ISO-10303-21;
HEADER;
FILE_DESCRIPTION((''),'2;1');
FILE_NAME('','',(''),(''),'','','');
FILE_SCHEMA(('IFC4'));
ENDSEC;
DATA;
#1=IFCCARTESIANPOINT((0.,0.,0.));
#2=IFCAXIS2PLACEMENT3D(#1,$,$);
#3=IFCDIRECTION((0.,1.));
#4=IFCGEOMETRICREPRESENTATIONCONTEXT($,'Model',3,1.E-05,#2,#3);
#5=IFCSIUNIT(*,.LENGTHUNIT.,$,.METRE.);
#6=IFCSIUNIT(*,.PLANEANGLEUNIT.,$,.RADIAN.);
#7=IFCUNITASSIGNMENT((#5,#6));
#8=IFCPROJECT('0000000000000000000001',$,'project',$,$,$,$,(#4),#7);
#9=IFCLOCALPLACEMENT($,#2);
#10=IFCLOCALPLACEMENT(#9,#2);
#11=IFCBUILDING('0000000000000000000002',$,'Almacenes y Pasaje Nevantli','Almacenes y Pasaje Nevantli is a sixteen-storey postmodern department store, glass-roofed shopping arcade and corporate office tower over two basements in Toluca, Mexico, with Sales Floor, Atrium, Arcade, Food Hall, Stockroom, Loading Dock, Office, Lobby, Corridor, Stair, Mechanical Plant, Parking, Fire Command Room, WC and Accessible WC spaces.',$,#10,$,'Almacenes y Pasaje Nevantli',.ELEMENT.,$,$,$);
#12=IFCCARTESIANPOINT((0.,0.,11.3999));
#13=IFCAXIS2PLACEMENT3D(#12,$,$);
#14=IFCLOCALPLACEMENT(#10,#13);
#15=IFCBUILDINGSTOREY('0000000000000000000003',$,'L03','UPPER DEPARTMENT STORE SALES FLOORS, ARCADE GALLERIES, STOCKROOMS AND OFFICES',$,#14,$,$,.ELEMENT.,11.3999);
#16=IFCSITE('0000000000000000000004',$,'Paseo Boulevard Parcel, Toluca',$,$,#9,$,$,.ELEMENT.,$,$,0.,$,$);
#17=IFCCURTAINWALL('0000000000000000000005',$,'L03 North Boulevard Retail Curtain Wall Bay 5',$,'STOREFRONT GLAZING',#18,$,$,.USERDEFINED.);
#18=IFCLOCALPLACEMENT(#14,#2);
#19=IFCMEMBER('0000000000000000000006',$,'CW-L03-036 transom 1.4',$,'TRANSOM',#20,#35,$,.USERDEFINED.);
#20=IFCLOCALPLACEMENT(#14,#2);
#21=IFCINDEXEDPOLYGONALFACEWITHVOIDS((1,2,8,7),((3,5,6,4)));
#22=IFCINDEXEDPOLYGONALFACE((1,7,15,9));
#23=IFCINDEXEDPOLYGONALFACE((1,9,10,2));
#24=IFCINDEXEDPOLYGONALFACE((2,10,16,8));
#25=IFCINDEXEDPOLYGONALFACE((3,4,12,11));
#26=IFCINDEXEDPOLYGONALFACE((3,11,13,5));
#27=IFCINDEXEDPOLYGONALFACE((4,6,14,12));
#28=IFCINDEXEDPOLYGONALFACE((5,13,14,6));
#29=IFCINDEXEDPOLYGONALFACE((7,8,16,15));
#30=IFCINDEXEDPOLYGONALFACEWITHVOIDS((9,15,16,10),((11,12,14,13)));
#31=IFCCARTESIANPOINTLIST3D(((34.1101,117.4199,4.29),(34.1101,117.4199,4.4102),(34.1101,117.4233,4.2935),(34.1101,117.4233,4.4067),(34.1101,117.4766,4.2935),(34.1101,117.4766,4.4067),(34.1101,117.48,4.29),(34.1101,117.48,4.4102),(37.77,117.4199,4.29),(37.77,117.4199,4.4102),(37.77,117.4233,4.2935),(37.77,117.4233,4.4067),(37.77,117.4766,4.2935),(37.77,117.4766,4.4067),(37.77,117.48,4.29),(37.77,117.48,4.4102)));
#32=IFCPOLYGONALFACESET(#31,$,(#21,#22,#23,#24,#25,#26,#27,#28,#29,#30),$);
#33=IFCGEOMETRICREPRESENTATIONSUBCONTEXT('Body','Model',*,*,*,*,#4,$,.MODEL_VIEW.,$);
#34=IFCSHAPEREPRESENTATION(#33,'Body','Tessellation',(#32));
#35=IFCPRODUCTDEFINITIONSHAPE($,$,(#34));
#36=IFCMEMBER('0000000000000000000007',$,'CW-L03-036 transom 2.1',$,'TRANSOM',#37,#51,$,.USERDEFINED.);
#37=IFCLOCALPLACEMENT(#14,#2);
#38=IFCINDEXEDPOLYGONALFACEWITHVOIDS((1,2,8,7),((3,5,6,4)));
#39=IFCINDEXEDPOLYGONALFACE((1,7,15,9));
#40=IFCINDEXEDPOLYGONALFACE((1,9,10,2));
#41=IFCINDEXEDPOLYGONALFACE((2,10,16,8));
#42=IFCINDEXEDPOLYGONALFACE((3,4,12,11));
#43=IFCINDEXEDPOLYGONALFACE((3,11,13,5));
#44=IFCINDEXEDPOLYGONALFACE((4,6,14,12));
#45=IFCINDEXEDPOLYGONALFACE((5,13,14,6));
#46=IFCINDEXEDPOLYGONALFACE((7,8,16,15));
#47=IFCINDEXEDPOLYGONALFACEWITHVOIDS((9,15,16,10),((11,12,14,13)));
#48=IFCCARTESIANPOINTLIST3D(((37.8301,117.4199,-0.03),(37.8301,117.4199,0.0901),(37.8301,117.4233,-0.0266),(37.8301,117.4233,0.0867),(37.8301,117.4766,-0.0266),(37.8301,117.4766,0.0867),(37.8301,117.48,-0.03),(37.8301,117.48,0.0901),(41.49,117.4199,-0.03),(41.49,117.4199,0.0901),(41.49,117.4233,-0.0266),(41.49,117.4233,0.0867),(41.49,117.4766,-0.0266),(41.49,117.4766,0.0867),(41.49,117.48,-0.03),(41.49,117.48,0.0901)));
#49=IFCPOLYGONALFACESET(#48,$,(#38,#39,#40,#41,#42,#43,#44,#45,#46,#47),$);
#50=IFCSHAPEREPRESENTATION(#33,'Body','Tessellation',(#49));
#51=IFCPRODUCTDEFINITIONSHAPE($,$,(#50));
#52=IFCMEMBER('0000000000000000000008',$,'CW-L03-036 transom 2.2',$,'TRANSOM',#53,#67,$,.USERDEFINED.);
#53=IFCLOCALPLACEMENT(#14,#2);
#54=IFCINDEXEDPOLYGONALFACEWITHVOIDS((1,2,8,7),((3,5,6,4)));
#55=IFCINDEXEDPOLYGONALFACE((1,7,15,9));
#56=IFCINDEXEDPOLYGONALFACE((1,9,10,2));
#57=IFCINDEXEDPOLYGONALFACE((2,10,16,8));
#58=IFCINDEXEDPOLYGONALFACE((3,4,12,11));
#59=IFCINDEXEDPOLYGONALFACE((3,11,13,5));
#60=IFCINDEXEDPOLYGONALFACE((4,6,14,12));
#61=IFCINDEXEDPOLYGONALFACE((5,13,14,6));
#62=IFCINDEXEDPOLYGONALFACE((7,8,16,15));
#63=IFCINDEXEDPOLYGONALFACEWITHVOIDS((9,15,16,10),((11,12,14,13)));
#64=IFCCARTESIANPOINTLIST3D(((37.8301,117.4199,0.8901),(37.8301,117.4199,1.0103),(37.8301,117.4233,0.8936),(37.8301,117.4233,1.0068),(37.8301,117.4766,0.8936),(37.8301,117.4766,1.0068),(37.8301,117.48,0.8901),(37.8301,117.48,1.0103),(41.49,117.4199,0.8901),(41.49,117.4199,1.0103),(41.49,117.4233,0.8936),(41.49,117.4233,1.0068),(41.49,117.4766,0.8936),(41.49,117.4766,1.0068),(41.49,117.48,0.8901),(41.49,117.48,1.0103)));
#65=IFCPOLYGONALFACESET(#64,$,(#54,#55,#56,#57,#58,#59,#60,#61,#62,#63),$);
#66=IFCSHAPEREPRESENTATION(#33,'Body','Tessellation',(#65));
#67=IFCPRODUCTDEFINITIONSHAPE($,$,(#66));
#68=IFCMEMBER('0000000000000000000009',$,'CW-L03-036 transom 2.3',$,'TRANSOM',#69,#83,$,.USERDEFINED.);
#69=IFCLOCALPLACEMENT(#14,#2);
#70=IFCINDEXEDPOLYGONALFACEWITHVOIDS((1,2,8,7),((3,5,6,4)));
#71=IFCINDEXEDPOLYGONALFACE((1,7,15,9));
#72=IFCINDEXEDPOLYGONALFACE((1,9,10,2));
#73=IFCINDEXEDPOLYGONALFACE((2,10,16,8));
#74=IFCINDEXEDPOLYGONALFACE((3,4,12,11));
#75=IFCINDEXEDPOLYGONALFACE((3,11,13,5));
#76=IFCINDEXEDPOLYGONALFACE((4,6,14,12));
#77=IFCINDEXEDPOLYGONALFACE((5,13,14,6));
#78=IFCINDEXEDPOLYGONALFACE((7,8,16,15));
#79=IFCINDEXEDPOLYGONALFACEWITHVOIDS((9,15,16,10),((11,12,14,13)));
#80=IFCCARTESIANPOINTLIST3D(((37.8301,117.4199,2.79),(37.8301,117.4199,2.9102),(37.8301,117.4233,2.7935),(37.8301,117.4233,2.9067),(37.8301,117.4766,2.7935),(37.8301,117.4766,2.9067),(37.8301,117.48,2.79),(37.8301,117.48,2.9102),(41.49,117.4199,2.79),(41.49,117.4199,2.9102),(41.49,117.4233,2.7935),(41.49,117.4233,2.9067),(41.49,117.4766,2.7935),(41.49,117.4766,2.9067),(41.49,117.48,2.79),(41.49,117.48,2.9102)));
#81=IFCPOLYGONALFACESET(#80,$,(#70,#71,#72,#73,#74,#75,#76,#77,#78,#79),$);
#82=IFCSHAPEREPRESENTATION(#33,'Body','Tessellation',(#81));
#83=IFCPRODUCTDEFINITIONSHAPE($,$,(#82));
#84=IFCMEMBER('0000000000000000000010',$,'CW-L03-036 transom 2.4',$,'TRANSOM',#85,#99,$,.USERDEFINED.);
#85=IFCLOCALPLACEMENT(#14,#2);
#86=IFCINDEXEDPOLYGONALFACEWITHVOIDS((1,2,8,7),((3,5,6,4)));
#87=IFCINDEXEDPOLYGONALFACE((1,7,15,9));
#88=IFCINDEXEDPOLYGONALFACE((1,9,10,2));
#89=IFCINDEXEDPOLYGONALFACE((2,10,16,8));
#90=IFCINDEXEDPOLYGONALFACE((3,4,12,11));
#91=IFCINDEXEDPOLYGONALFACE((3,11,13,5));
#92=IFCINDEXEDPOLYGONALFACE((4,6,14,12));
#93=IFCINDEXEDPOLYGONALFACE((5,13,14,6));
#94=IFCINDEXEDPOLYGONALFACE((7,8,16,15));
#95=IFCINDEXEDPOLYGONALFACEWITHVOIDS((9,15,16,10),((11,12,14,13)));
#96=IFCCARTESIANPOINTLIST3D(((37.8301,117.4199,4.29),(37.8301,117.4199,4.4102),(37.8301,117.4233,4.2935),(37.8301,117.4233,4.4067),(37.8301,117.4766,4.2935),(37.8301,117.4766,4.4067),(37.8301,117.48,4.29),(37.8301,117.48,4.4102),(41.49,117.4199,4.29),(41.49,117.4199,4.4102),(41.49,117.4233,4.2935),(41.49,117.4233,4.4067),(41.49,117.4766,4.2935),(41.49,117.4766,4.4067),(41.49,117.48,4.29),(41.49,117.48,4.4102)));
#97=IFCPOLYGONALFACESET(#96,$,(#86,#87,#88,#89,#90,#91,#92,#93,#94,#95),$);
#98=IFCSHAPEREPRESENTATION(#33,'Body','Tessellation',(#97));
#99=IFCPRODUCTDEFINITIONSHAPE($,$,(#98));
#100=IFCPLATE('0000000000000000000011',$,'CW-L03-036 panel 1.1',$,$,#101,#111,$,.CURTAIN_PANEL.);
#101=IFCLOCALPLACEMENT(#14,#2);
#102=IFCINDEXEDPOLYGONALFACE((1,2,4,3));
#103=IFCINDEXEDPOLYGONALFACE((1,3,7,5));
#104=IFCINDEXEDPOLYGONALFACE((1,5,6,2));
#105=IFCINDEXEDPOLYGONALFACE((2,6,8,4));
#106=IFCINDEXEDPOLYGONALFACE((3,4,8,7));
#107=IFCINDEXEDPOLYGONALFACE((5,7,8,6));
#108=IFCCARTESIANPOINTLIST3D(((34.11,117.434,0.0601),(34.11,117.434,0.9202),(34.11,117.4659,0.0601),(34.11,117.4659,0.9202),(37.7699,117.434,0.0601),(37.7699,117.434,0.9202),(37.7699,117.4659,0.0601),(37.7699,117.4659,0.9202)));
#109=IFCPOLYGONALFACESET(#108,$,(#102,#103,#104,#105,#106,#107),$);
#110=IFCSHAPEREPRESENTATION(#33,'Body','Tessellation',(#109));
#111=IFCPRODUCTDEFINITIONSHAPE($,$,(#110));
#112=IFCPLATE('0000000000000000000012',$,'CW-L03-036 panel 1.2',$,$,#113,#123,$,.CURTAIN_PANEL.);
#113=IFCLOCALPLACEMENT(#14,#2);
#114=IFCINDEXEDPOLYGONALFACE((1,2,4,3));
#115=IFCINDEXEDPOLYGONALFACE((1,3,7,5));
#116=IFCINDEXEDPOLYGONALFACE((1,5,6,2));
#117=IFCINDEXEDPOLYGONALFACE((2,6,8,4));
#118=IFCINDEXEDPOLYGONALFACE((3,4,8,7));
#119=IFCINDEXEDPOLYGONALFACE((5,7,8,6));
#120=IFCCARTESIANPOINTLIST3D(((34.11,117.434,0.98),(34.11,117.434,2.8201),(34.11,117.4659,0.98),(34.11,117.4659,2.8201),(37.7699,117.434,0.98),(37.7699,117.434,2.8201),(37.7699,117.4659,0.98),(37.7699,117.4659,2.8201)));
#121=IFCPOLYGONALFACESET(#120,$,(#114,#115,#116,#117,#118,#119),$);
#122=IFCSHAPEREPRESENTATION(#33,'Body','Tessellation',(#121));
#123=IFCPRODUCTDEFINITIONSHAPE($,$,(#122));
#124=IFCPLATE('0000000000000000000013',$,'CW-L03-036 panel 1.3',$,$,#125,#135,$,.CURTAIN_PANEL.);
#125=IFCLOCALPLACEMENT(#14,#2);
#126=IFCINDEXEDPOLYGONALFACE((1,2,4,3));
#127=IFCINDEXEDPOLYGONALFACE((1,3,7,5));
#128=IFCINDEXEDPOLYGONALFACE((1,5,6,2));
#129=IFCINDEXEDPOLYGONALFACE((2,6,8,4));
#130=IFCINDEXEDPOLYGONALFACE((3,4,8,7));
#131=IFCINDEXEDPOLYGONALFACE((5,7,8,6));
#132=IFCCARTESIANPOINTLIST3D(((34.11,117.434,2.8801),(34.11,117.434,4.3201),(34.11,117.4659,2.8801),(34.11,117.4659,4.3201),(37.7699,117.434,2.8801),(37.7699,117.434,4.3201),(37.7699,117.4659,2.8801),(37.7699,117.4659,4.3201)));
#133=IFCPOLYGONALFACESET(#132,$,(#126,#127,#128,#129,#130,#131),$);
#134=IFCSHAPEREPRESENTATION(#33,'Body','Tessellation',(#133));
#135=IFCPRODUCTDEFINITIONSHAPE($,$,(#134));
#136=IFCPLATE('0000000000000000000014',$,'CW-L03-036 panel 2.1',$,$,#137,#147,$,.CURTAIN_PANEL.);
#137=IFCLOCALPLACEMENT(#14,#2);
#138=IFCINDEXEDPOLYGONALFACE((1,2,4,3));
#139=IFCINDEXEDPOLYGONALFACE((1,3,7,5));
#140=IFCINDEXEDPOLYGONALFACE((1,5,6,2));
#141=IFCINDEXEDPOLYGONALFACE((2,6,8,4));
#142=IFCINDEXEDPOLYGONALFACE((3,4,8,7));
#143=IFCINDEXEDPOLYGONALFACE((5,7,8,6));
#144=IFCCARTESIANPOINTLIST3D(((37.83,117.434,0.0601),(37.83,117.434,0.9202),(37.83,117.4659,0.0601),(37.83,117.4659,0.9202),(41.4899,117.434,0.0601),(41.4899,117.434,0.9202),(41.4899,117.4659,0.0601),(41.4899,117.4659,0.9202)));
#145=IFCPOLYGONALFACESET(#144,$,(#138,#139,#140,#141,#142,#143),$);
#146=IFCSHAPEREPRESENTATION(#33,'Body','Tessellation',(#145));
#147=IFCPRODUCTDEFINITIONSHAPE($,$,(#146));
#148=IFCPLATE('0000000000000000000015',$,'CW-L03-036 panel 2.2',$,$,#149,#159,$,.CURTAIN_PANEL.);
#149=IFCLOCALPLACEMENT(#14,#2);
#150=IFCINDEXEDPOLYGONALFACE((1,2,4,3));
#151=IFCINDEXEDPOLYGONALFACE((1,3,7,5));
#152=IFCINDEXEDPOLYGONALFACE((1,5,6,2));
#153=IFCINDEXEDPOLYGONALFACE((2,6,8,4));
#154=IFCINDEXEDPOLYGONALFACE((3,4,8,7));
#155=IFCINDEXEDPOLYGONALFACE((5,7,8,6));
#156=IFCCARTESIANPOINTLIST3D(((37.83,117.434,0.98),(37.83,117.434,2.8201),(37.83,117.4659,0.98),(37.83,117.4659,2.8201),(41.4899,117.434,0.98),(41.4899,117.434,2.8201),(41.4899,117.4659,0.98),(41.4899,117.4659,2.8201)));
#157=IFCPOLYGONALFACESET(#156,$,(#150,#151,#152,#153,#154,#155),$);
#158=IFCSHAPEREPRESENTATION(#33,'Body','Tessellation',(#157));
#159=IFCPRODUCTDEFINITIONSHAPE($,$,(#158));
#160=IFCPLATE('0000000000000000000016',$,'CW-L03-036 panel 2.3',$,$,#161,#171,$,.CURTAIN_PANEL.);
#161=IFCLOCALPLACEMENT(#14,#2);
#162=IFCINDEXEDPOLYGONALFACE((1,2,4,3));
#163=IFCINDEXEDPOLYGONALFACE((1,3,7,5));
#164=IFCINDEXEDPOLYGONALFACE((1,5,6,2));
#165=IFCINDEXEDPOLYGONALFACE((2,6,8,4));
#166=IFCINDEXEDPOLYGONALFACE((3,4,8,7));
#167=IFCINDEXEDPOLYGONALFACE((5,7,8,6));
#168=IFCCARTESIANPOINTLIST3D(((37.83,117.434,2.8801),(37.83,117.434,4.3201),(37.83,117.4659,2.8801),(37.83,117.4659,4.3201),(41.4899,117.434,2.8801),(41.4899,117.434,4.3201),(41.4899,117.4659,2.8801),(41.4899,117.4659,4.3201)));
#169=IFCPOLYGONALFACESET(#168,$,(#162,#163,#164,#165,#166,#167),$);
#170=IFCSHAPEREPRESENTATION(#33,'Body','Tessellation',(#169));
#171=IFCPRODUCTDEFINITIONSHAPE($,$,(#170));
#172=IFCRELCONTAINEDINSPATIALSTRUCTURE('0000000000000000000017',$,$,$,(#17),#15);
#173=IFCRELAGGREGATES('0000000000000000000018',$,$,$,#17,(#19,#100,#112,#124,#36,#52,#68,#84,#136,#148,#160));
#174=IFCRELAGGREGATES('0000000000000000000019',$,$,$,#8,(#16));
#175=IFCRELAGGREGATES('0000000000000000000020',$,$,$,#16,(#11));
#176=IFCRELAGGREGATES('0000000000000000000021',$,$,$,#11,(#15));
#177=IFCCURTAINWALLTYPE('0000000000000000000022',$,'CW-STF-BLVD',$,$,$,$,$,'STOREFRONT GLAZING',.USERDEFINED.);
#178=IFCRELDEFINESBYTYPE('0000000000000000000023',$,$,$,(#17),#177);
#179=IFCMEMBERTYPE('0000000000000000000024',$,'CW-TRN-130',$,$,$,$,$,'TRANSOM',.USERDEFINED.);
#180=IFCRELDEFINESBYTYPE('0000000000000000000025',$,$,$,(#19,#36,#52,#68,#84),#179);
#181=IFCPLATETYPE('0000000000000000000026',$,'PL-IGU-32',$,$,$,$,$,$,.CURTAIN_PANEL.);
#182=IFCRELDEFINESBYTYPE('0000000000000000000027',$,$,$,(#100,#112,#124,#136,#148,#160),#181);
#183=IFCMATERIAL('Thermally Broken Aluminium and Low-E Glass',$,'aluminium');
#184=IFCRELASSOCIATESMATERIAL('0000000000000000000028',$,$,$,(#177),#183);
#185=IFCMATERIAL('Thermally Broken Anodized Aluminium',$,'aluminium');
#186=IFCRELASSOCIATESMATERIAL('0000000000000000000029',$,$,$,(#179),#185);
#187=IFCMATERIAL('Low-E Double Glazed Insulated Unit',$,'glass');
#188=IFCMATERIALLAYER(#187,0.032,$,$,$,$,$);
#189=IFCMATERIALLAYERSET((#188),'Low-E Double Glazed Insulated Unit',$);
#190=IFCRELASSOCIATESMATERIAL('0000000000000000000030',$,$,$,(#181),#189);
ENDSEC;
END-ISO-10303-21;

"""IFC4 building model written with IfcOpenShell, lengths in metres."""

from ifc_helpers import new_model, si_unit, direction, frame, origin, origin_2d, place, context, subcontext, project, spatial, rectangle, hollow_rectangle, extrude, material, layer, layer_set, material_profile, profile_set, type_object, element, aggregate, save


model = new_model("IFC4")

# Units and contexts
model_context = context("Model", 3, precision=1e-05, world=origin(), true_north=direction((0.0, 1.0)))
body_context = subcontext(model_context, "Body", "Model", "MODEL_VIEW")
ifc_project = project(units=[si_unit("LENGTHUNIT", "METRE"), si_unit("PLANEANGLEUNIT", "RADIAN")], contexts=[model_context])

# Site, building, storey
site_placement = place(None, origin())
site = spatial("IfcSite", under=ifc_project, at=site_placement, Name="Paseo Boulevard Parcel, Toluca", CompositionType="ELEMENT", RefElevation=0.0)
building_placement = place(site_placement, origin())
building = spatial("IfcBuilding", under=site, at=building_placement, Name="Almacenes y Pasaje Nevantli", Description="Almacenes y Pasaje Nevantli is a sixteen-storey postmodern department store, glass-roofed shopping arcade and corporate office tower over two basements in Toluca, Mexico, with Sales Floor, Atrium, Arcade, Food Hall, Stockroom, Loading Dock, Office, Lobby, Corridor, Stair, Mechanical Plant, Parking, Fire Command Room, WC and Accessible WC spaces.", LongName="Almacenes y Pasaje Nevantli", CompositionType="ELEMENT")
storey_placement = place(building_placement, frame((0.0, 0.0, 11.3999)))
storey = spatial("IfcBuildingStorey", under=building, at=storey_placement, Name="L03", Description="UPPER DEPARTMENT STORE SALES FLOORS, ARCADE GALLERIES, STOCKROOMS AND OFFICES", CompositionType="ELEMENT", Elevation=11.3999)

# Curtain wall, members, plates
ifc_material_1 = material(Name="Thermally Broken Aluminium and Low-E Glass", Category="aluminium")
curtain_wall_type = type_object("IfcCurtainWallType", Name="CW-STF-BLVD", ElementType="STOREFRONT GLAZING", PredefinedType="USERDEFINED", material=ifc_material_1)
curtain_wall_placement = place(storey_placement, origin())
curtain_wall = element("IfcCurtainWall", 1, at=curtain_wall_placement, inside=storey, type_object=curtain_wall_type, Name="L03 North Boulevard Retail Curtain Wall Bay 5", ObjectType="STOREFRONT GLAZING", PredefinedType="USERDEFINED")
ifc_material_2 = material(Name="Thermally Broken Anodized Aluminium", Category="aluminium")
ifc_material_profile_1 = material_profile(ifc_material_2, hollow_rectangle(XDim=0.0601, YDim=0.1201, WallThickness=0.0034, at=origin_2d()), Name="ALU-TRN-60x120")
ifc_profile_set_1 = profile_set([ifc_material_profile_1], Name="Thermally Broken Anodized Aluminium")
member_type_1 = type_object("IfcMemberType", Name="CW-TRN-130", ElementType="TRANSOM", PredefinedType="USERDEFINED", material=ifc_profile_set_1)
member_1_placement = place(storey_placement, frame((34.1101, 117.45, 4.3501), z_axis=(1.0, 0.0, 0.0), x_axis=(0.0, 1.0, 0.0)))
member_1 = element("IfcMember", 2, at=member_1_placement, type_object=member_type_1, Name="CW-L03-036 transom 1.4", ObjectType="TRANSOM", PredefinedType="USERDEFINED", context=body_context, shape_type="SweptSolid", body=[
    extrude(hollow_rectangle(XDim=0.0601, YDim=0.1201, WallThickness=0.0034, at=origin_2d()), origin(), (0.0, 0.0, 1.0), 3.6599),
])
member_2_placement = place(storey_placement, frame((37.8301, 117.45, 0.03), z_axis=(1.0, 0.0, 0.0), x_axis=(0.0, 1.0, 0.0)))
member_2 = element("IfcMember", 3, at=member_2_placement, type_object=member_type_1, Name="CW-L03-036 transom 2.1", ObjectType="TRANSOM", PredefinedType="USERDEFINED", context=body_context, shape_type="SweptSolid", body=[
    extrude(hollow_rectangle(XDim=0.0601, YDim=0.1201, WallThickness=0.0034, at=origin_2d()), origin(), (0.0, 0.0, 1.0), 3.6599),
])
member_3_placement = place(storey_placement, frame((37.8301, 117.45, 0.9502), z_axis=(1.0, 0.0, 0.0), x_axis=(0.0, 1.0, 0.0)))
member_3 = element("IfcMember", 4, at=member_3_placement, type_object=member_type_1, Name="CW-L03-036 transom 2.2", ObjectType="TRANSOM", PredefinedType="USERDEFINED", context=body_context, shape_type="SweptSolid", body=[
    extrude(hollow_rectangle(XDim=0.0601, YDim=0.1201, WallThickness=0.0034, at=origin_2d()), origin(), (0.0, 0.0, 1.0), 3.6599),
])
member_4_placement = place(storey_placement, frame((37.8301, 117.45, 2.8501), z_axis=(1.0, 0.0, 0.0), x_axis=(0.0, 1.0, 0.0)))
member_4 = element("IfcMember", 5, at=member_4_placement, type_object=member_type_1, Name="CW-L03-036 transom 2.3", ObjectType="TRANSOM", PredefinedType="USERDEFINED", context=body_context, shape_type="SweptSolid", body=[
    extrude(hollow_rectangle(XDim=0.0601, YDim=0.1201, WallThickness=0.0034, at=origin_2d()), origin(), (0.0, 0.0, 1.0), 3.6599),
])
member_5_placement = place(storey_placement, frame((37.8301, 117.45, 4.3501), z_axis=(1.0, 0.0, 0.0), x_axis=(0.0, 1.0, 0.0)))
member_5 = element("IfcMember", 6, at=member_5_placement, type_object=member_type_1, Name="CW-L03-036 transom 2.4", ObjectType="TRANSOM", PredefinedType="USERDEFINED", context=body_context, shape_type="SweptSolid", body=[
    extrude(hollow_rectangle(XDim=0.0601, YDim=0.1201, WallThickness=0.0034, at=origin_2d()), origin(), (0.0, 0.0, 1.0), 3.6599),
])
ifc_material_3 = material(Name="Low-E Double Glazed Insulated Unit", Category="glass")
ifc_layer_1 = layer(ifc_material_3, 0.032)
ifc_layer_set_1 = layer_set([ifc_layer_1], Name="Low-E Double Glazed Insulated Unit")
plate_type = type_object("IfcPlateType", Name="PL-IGU-32", PredefinedType="CURTAIN_PANEL", material=ifc_layer_set_1)
plate_1_placement = place(storey_placement, frame((35.9399, 117.45, 0.0601), z_axis=(0.0, 0.0, 1.0), x_axis=(1.0, 0.0, 0.0)))
plate_1 = element("IfcPlate", 7, at=plate_1_placement, type_object=plate_type, Name="CW-L03-036 panel 1.1", PredefinedType="CURTAIN_PANEL", context=body_context, shape_type="SweptSolid", body=[
    extrude(rectangle(XDim=3.6599, YDim=0.032, at=origin_2d()), origin(), (0.0, 0.0, 1.0), 0.8601),
])
plate_2_placement = place(storey_placement, frame((35.9399, 117.45, 0.98), z_axis=(0.0, 0.0, 1.0), x_axis=(1.0, 0.0, 0.0)))
plate_2 = element("IfcPlate", 8, at=plate_2_placement, type_object=plate_type, Name="CW-L03-036 panel 1.2", PredefinedType="CURTAIN_PANEL", context=body_context, shape_type="SweptSolid", body=[
    extrude(rectangle(XDim=3.6599, YDim=0.032, at=origin_2d()), origin(), (0.0, 0.0, 1.0), 1.8401),
])
plate_3_placement = place(storey_placement, frame((35.9399, 117.45, 2.8801), z_axis=(0.0, 0.0, 1.0), x_axis=(1.0, 0.0, 0.0)))
plate_3 = element("IfcPlate", 9, at=plate_3_placement, type_object=plate_type, Name="CW-L03-036 panel 1.3", PredefinedType="CURTAIN_PANEL", context=body_context, shape_type="SweptSolid", body=[
    extrude(rectangle(XDim=3.6599, YDim=0.032, at=origin_2d()), origin(), (0.0, 0.0, 1.0), 1.4399),
])
plate_4_placement = place(storey_placement, frame((39.6599, 117.45, 0.0601), z_axis=(0.0, 0.0, 1.0), x_axis=(1.0, 0.0, 0.0)))
plate_4 = element("IfcPlate", 10, at=plate_4_placement, type_object=plate_type, Name="CW-L03-036 panel 2.1", PredefinedType="CURTAIN_PANEL", context=body_context, shape_type="SweptSolid", body=[
    extrude(rectangle(XDim=3.6599, YDim=0.032, at=origin_2d()), origin(), (0.0, 0.0, 1.0), 0.8601),
])
plate_5_placement = place(storey_placement, frame((39.6599, 117.45, 0.98), z_axis=(0.0, 0.0, 1.0), x_axis=(1.0, 0.0, 0.0)))
plate_5 = element("IfcPlate", 11, at=plate_5_placement, type_object=plate_type, Name="CW-L03-036 panel 2.2", PredefinedType="CURTAIN_PANEL", context=body_context, shape_type="SweptSolid", body=[
    extrude(rectangle(XDim=3.6599, YDim=0.032, at=origin_2d()), origin(), (0.0, 0.0, 1.0), 1.8401),
])
plate_6_placement = place(storey_placement, frame((39.6599, 117.45, 2.8801), z_axis=(0.0, 0.0, 1.0), x_axis=(1.0, 0.0, 0.0)))
plate_6 = element("IfcPlate", 12, at=plate_6_placement, type_object=plate_type, Name="CW-L03-036 panel 2.3", PredefinedType="CURTAIN_PANEL", context=body_context, shape_type="SweptSolid", body=[
    extrude(rectangle(XDim=3.6599, YDim=0.032, at=origin_2d()), origin(), (0.0, 0.0, 1.0), 1.4399),
])
aggregate(curtain_wall, [member_1, plate_1, plate_2, plate_3, member_2, member_3, member_4, member_5, plate_4, plate_5, plate_6])

save(model, "model.ifc")
